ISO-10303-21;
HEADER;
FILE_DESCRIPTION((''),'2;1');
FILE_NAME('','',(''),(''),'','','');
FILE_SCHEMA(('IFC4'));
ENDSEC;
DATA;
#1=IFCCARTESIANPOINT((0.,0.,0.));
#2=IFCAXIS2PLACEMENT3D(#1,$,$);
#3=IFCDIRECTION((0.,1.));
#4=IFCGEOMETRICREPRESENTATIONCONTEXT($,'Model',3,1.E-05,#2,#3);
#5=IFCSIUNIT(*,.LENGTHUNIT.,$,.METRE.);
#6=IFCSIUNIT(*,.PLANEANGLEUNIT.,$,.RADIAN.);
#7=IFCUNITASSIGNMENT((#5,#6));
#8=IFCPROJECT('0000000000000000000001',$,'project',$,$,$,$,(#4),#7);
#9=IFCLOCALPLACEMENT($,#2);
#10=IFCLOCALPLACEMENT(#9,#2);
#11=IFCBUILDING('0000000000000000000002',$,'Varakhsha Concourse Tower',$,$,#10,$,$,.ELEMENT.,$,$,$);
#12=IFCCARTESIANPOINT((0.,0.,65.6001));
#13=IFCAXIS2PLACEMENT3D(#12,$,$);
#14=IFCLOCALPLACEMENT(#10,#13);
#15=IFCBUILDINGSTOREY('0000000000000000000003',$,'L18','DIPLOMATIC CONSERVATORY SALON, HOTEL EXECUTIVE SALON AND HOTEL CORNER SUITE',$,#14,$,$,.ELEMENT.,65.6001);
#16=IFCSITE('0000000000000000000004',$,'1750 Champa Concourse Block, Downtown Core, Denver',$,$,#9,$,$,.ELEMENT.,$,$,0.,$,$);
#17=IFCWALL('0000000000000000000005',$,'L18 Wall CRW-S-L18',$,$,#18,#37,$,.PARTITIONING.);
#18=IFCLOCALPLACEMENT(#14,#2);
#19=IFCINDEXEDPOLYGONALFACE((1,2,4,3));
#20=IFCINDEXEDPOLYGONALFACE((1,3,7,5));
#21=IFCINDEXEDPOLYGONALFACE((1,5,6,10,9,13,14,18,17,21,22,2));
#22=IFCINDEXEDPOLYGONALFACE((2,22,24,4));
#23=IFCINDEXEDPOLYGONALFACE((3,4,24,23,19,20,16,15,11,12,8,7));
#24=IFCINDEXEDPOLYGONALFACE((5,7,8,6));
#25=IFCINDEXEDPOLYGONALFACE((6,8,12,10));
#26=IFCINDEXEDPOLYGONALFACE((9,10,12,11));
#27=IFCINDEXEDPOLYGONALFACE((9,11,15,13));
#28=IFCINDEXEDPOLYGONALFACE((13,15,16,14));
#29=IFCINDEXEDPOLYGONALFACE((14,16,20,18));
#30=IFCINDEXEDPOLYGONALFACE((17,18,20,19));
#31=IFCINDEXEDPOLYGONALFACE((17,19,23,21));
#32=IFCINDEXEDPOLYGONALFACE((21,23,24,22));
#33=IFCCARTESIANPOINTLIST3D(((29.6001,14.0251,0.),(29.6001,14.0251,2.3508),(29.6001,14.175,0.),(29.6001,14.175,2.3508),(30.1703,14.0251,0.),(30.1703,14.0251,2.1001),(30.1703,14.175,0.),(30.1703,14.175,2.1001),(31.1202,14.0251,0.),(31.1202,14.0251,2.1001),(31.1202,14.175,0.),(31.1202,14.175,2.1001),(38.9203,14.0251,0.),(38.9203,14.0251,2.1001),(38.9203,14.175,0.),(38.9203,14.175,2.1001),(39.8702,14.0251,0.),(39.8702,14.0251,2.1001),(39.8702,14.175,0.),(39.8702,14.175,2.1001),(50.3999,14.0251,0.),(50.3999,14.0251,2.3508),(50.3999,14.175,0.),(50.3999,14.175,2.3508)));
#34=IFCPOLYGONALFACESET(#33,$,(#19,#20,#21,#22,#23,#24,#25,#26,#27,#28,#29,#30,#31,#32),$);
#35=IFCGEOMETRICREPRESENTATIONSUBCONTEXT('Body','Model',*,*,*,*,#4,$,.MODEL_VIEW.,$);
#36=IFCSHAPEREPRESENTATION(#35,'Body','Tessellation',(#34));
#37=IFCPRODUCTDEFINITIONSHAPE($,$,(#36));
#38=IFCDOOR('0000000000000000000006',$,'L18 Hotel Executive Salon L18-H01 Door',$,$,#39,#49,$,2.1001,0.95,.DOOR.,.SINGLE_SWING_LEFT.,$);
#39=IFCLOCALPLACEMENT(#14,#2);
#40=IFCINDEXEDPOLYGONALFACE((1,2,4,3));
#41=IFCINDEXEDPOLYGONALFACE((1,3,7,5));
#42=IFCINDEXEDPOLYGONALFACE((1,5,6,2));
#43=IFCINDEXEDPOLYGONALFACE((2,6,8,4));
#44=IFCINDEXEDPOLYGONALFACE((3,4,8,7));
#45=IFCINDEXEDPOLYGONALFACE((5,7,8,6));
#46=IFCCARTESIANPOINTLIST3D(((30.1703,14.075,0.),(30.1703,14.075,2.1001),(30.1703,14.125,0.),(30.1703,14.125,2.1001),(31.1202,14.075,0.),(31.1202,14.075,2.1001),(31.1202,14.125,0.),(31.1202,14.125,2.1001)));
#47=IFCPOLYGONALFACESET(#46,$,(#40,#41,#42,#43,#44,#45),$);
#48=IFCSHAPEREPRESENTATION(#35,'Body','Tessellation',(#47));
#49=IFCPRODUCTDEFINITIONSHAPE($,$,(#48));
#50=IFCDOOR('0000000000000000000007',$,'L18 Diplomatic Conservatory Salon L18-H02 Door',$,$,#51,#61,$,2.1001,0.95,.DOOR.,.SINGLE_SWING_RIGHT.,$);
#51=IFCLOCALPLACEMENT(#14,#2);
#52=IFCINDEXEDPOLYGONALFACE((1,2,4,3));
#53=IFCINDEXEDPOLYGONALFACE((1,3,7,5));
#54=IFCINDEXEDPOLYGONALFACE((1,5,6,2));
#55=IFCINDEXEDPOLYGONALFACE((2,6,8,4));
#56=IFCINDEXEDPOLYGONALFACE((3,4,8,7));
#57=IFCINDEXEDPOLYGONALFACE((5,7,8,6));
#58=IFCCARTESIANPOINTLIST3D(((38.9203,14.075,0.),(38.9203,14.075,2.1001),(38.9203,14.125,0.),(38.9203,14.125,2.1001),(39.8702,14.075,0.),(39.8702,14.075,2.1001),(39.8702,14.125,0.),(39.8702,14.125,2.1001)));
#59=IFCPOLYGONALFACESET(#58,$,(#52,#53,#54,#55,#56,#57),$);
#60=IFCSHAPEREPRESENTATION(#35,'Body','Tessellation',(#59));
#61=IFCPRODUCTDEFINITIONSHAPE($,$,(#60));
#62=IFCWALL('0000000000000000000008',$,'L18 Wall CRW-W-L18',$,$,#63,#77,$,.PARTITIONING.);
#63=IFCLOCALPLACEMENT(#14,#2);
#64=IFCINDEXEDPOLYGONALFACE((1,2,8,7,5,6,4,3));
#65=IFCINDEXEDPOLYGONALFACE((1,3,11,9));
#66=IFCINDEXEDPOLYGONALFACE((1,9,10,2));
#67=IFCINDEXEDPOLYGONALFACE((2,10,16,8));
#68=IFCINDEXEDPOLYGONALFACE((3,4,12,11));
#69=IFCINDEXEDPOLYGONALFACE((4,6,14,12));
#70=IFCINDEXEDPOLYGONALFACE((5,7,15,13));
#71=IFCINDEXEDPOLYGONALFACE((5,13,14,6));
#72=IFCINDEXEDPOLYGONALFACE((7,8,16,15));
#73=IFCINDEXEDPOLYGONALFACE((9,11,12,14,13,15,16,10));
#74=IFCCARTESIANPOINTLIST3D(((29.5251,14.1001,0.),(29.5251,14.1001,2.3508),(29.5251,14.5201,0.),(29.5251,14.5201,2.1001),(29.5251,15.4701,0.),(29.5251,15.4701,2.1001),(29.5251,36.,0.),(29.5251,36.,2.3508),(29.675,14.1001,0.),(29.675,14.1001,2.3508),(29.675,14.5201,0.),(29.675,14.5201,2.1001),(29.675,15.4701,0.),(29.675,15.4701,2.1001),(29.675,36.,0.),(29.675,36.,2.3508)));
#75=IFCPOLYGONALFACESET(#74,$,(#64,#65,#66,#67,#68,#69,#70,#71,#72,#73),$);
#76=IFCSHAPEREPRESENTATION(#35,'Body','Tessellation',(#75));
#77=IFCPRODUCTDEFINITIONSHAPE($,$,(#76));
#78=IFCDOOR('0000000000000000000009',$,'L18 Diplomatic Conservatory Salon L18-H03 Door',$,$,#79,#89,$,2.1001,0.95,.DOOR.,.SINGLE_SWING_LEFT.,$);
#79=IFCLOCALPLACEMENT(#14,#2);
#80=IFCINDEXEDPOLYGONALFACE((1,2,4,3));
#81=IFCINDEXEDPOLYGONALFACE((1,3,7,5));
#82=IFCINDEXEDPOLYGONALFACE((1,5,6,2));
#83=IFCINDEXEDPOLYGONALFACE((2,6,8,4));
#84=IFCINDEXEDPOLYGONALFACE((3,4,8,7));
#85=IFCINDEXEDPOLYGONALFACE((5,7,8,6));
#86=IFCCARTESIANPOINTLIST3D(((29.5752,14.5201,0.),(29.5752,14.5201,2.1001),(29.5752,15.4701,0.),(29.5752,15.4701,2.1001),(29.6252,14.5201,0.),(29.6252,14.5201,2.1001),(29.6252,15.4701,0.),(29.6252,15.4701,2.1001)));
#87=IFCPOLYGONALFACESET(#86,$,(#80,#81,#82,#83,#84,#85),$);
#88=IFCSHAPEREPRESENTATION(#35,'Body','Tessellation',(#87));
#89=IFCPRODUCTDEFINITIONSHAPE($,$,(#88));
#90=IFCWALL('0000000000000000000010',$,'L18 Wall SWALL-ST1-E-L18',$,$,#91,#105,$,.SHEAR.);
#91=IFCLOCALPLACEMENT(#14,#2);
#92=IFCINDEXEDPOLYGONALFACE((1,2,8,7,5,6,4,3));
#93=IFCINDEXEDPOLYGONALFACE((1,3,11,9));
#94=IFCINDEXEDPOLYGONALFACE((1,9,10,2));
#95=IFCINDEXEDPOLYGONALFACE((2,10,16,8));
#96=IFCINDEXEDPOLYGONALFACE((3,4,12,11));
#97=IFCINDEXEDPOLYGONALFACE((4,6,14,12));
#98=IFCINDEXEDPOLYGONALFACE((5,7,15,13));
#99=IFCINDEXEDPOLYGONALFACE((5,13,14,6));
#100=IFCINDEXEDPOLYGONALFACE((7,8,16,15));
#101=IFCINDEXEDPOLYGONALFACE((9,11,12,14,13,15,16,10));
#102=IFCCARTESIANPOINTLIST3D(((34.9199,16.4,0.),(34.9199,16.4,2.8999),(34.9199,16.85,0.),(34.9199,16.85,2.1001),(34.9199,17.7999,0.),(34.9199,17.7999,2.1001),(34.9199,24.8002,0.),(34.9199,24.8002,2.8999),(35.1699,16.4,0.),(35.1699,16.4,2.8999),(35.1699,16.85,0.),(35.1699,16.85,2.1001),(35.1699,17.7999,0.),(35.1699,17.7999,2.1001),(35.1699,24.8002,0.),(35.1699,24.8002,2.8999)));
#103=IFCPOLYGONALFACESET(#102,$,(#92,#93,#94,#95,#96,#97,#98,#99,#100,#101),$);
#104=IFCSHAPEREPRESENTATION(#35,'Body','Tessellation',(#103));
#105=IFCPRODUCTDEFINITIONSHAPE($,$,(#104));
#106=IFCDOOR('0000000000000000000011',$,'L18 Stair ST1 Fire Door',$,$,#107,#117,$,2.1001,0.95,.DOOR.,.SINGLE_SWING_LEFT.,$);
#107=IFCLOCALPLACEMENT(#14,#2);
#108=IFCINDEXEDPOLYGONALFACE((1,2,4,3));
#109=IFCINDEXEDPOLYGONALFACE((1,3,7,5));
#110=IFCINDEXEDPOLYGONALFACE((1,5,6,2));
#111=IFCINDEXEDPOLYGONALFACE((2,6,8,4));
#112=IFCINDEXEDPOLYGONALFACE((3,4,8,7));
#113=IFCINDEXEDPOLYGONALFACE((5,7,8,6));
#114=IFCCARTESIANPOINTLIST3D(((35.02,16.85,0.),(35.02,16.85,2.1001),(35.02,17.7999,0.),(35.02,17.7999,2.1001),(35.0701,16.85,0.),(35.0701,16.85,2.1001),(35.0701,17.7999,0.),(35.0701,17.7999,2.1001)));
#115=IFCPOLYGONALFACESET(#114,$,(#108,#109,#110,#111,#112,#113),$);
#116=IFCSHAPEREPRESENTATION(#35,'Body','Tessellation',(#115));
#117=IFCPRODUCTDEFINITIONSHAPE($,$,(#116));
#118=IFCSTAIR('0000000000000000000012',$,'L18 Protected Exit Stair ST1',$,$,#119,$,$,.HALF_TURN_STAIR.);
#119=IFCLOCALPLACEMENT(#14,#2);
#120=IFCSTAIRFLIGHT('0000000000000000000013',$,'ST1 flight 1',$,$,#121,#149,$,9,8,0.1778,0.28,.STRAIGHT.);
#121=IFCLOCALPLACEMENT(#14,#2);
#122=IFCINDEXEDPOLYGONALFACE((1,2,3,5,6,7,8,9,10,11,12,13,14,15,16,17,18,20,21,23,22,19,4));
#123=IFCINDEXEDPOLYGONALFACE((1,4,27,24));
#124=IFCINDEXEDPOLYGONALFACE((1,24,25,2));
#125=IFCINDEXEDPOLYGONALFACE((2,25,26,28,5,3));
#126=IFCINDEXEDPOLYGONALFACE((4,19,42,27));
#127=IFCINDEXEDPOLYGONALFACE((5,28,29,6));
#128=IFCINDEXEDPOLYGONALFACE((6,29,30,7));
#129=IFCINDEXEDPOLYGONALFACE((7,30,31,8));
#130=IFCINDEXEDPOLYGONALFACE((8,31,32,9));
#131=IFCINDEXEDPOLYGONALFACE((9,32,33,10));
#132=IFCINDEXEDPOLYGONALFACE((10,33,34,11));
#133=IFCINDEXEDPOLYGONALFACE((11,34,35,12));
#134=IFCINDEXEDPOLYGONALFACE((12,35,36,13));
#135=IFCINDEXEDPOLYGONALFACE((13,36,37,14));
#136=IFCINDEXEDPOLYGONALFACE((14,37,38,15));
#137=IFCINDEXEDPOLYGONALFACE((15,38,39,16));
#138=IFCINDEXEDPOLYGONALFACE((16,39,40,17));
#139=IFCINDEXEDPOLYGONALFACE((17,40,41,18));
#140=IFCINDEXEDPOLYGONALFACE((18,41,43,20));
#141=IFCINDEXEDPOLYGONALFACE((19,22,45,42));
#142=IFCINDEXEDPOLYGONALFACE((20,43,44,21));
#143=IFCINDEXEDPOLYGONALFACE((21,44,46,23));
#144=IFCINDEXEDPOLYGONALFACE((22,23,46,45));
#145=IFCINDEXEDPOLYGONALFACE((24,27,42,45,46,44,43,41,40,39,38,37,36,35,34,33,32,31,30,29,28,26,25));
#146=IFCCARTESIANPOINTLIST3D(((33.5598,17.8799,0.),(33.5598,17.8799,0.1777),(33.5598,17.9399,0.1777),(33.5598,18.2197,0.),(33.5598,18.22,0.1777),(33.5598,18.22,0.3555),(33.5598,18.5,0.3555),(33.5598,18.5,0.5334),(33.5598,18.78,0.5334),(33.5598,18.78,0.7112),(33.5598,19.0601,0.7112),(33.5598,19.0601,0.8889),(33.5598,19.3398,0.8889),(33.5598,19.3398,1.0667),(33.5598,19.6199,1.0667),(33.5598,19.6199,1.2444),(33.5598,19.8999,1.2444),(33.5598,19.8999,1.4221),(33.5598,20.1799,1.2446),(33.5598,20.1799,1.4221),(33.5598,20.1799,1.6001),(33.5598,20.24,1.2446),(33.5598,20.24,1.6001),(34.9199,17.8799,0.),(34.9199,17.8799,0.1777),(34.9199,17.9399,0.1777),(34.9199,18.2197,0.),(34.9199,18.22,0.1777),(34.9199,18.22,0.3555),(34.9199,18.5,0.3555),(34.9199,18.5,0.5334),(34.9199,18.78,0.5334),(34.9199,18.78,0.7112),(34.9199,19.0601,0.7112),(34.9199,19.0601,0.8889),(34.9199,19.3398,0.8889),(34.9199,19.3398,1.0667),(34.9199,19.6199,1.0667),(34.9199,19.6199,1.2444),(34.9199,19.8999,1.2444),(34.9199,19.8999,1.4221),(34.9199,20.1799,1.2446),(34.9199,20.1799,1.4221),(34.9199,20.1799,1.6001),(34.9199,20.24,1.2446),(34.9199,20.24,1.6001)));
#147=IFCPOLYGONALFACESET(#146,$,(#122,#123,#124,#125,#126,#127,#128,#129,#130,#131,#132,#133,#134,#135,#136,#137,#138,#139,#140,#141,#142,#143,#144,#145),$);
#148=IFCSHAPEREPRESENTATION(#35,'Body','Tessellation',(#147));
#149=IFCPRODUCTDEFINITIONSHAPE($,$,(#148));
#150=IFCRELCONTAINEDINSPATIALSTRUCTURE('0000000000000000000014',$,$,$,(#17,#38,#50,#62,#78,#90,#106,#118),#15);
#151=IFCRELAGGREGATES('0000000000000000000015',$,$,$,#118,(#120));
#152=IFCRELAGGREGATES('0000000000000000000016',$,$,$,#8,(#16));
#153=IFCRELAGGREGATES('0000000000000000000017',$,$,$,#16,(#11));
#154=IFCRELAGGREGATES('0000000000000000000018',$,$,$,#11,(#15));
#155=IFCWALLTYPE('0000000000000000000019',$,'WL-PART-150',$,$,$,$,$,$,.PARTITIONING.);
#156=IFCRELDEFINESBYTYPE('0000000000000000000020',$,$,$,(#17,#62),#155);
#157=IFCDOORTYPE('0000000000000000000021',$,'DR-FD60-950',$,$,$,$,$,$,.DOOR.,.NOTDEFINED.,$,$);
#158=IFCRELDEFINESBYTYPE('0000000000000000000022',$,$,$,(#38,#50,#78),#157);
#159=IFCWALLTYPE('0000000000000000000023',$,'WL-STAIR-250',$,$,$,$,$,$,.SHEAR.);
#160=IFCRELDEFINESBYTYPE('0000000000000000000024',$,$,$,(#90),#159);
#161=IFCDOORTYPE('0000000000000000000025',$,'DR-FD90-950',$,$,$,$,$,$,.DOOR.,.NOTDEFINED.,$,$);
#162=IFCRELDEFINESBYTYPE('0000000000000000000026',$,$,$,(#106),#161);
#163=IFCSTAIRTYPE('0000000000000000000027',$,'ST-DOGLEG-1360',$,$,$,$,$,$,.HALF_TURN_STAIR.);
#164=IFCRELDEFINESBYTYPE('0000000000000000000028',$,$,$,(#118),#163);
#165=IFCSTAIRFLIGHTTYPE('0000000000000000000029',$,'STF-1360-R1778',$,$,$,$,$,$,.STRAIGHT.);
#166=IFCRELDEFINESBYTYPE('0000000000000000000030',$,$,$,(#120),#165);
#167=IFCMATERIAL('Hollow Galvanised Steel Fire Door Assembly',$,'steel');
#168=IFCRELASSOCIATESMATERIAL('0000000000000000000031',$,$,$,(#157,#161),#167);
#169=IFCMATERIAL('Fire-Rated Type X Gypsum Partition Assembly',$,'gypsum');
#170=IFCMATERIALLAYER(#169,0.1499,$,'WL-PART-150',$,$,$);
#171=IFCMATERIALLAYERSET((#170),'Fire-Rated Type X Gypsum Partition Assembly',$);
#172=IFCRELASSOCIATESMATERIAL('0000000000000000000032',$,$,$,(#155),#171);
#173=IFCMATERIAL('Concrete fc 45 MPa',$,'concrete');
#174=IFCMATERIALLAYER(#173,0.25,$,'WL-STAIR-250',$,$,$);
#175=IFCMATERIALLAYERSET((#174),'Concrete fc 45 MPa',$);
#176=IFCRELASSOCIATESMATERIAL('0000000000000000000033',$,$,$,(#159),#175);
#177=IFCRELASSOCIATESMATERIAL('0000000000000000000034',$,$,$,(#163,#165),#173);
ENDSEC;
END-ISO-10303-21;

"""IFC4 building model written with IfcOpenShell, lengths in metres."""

from ifc_helpers import new_model, si_unit, direction, frame, frame_2d, origin, place, context, subcontext, project, spatial, polyline, rectangle, outline, extrude, material, layer, layer_set, type_object, element, fill, aggregate, save


model = new_model("IFC4")

# Units and contexts
model_context = context("Model", 3, precision=1e-05, world=origin(), true_north=direction((0.0, 1.0)))
body_context = subcontext(model_context, "Body", "Model", "MODEL_VIEW")
ifc_project = project(units=[si_unit("LENGTHUNIT", "METRE"), si_unit("PLANEANGLEUNIT", "RADIAN")], contexts=[model_context])

# Site, building, storey
site_placement = place(None, origin())
site = spatial("IfcSite", under=ifc_project, at=site_placement, Name="1750 Champa Concourse Block, Downtown Core, Denver", CompositionType="ELEMENT", RefElevation=0.0)
building_placement = place(site_placement, origin())
building = spatial("IfcBuilding", under=site, at=building_placement, Name="Varakhsha Concourse Tower", CompositionType="ELEMENT")
storey_placement = place(building_placement, frame((0.0, 0.0, 65.6001)))
storey = spatial("IfcBuildingStorey", under=building, at=storey_placement, Name="L18", Description="DIPLOMATIC CONSERVATORY SALON, HOTEL EXECUTIVE SALON AND HOTEL CORNER SUITE", CompositionType="ELEMENT", Elevation=65.6001)

# Shared definitions
ifc_material_1 = material(Name="Hollow Galvanised Steel Fire Door Assembly", Category="steel")
door_type_1 = type_object("IfcDoorType", Name="DR-FD60-950", OperationType="NOTDEFINED", PredefinedType="DOOR", material=ifc_material_1)

# Shared definitions
ifc_material_2 = material(Name="Fire-Rated Type X Gypsum Partition Assembly", Category="gypsum")

# Shared definitions
ifc_layer_1 = layer(ifc_material_2, 0.1499, Name="WL-PART-150")
ifc_layer_set_1 = layer_set([ifc_layer_1], Name="Fire-Rated Type X Gypsum Partition Assembly")
wall_type_1 = type_object("IfcWallType", Name="WL-PART-150", PredefinedType="PARTITIONING", material=ifc_layer_set_1)

# Wall, openings, doors
wall_1_placement = place(storey_placement, frame((29.6001, 14.1001, 0.0), z_axis=(0.0, 0.0, 1.0), x_axis=(1.0, 0.0, 0.0)))
wall_1 = element("IfcWall", 1, at=wall_1_placement, inside=storey, type_object=wall_type_1, Name="L18 Wall CRW-S-L18", PredefinedType="PARTITIONING", context=body_context, shape_type="SweptSolid", body=[
    extrude(rectangle(XDim=20.7998, YDim=0.1499, at=frame_2d((10.3999, 0.0))), origin(), (0.0, 0.0, 1.0), 2.3508),
])
opening_1_placement = place(wall_1_placement, frame((0.5701, 0.0, 0.0)))
opening_1 = element("IfcOpeningElement", 2, at=opening_1_placement, cuts=wall_1, PredefinedType="OPENING", context=body_context, shape_type="SweptSolid", body=[
    extrude(rectangle(XDim=0.95, YDim=2.1001, at=frame_2d((0.4751, 1.05))), frame((0.0, 0.085, 0.0), z_axis=(0.0, -1.0, 0.0), x_axis=(1.0, 0.0, 0.0)), (0.0, 0.0, 1.0), 0.1699),
])
opening_2_placement = place(wall_1_placement, frame((9.3201, 0.0, 0.0)))
opening_2 = element("IfcOpeningElement", 3, at=opening_2_placement, cuts=wall_1, PredefinedType="OPENING", context=body_context, shape_type="SweptSolid", body=[
    extrude(rectangle(XDim=0.95, YDim=2.1001, at=frame_2d((0.4751, 1.05))), frame((0.0, 0.085, 0.0), z_axis=(0.0, -1.0, 0.0), x_axis=(1.0, 0.0, 0.0)), (0.0, 0.0, 1.0), 0.1699),
])
door_1_placement = place(opening_1_placement, origin())
door_1 = element("IfcDoor", 4, at=door_1_placement, inside=storey, type_object=door_type_1, Name="L18 Hotel Executive Salon L18-H01 Door", OperationType="SINGLE_SWING_LEFT", OverallHeight=2.1001, OverallWidth=0.95, PredefinedType="DOOR", context=body_context, shape_type="SweptSolid", body=[
    extrude(rectangle(XDim=0.95, YDim=2.1001, at=frame_2d((0.4751, 1.05))), frame((0.0, 0.0249, 0.0), z_axis=(0.0, -1.0, 0.0), x_axis=(1.0, 0.0, 0.0)), (0.0, 0.0, 1.0), 0.05),
])
fill(opening_1, door_1)
door_2_placement = place(opening_2_placement, origin())
door_2 = element("IfcDoor", 5, at=door_2_placement, inside=storey, type_object=door_type_1, Name="L18 Diplomatic Conservatory Salon L18-H02 Door", OperationType="SINGLE_SWING_RIGHT", OverallHeight=2.1001, OverallWidth=0.95, PredefinedType="DOOR", context=body_context, shape_type="SweptSolid", body=[
    extrude(rectangle(XDim=0.95, YDim=2.1001, at=frame_2d((0.4751, 1.05))), frame((0.0, 0.0249, 0.0), z_axis=(0.0, -1.0, 0.0), x_axis=(1.0, 0.0, 0.0)), (0.0, 0.0, 1.0), 0.05),
])
fill(opening_2, door_2)

# Walls, openings, doors
wall_2_placement = place(storey_placement, frame((29.6001, 14.1001, 0.0), z_axis=(0.0, 0.0, 1.0), x_axis=(0.0, 1.0, 0.0)))
wall_2 = element("IfcWall", 6, at=wall_2_placement, inside=storey, type_object=wall_type_1, Name="L18 Wall CRW-W-L18", PredefinedType="PARTITIONING", context=body_context, shape_type="SweptSolid", body=[
    extrude(rectangle(XDim=21.8999, YDim=0.1499, at=frame_2d((10.95, 0.0))), origin(), (0.0, 0.0, 1.0), 2.3508),
])
opening_3_placement = place(wall_2_placement, frame((0.4199, 0.0, 0.0)))
opening_3 = element("IfcOpeningElement", 7, at=opening_3_placement, cuts=wall_2, PredefinedType="OPENING", context=body_context, shape_type="SweptSolid", body=[
    extrude(rectangle(XDim=0.95, YDim=2.1001, at=frame_2d((0.4751, 1.05))), frame((0.0, 0.085, 0.0), z_axis=(0.0, -1.0, 0.0), x_axis=(1.0, 0.0, 0.0)), (0.0, 0.0, 1.0), 0.1699),
])
door_3_placement = place(opening_3_placement, origin())
door_3 = element("IfcDoor", 8, at=door_3_placement, inside=storey, type_object=door_type_1, Name="L18 Diplomatic Conservatory Salon L18-H03 Door", OperationType="SINGLE_SWING_LEFT", OverallHeight=2.1001, OverallWidth=0.95, PredefinedType="DOOR", context=body_context, shape_type="SweptSolid", body=[
    extrude(rectangle(XDim=0.95, YDim=2.1001, at=frame_2d((0.4751, 1.05))), frame((0.0, 0.0249, 0.0), z_axis=(0.0, -1.0, 0.0), x_axis=(1.0, 0.0, 0.0)), (0.0, 0.0, 1.0), 0.05),
])
fill(opening_3, door_3)
ifc_material_3 = material(Name="Concrete fc 45 MPa", Category="concrete")
ifc_layer_2 = layer(ifc_material_3, 0.25, Name="WL-STAIR-250")
ifc_layer_set_2 = layer_set([ifc_layer_2], Name="Concrete fc 45 MPa")
wall_type_2 = type_object("IfcWallType", Name="WL-STAIR-250", PredefinedType="SHEAR", material=ifc_layer_set_2)
wall_3_placement = place(storey_placement, frame((35.0449, 16.3999, 0.0), z_axis=(0.0, 0.0, 1.0), x_axis=(0.0, 1.0, 0.0)))
wall_3 = element("IfcWall", 9, at=wall_3_placement, inside=storey, type_object=wall_type_2, Name="L18 Wall SWALL-ST1-E-L18", PredefinedType="SHEAR", context=body_context, shape_type="SweptSolid", body=[
    extrude(rectangle(XDim=8.4001, YDim=0.25, at=frame_2d((4.2002, 0.0))), origin(), (0.0, 0.0, 1.0), 2.8999),
])
opening_4_placement = place(wall_3_placement, frame((0.45, 0.0, 0.0)))
opening_4 = element("IfcOpeningElement", 10, at=opening_4_placement, cuts=wall_3, PredefinedType="OPENING", context=body_context, shape_type="SweptSolid", body=[
    extrude(rectangle(XDim=0.95, YDim=2.1001, at=frame_2d((0.4751, 1.05))), frame((0.0, 0.135, 0.0), z_axis=(0.0, -1.0, 0.0), x_axis=(1.0, 0.0, 0.0)), (0.0, 0.0, 1.0), 0.27),
])
door_type_2 = type_object("IfcDoorType", Name="DR-FD90-950", OperationType="NOTDEFINED", PredefinedType="DOOR", material=ifc_material_1)
door_4_placement = place(opening_4_placement, origin())
door_4 = element("IfcDoor", 11, at=door_4_placement, inside=storey, type_object=door_type_2, Name="L18 Stair ST1 Fire Door", OperationType="SINGLE_SWING_LEFT", OverallHeight=2.1001, OverallWidth=0.95, PredefinedType="DOOR", context=body_context, shape_type="SweptSolid", body=[
    extrude(rectangle(XDim=0.95, YDim=2.1001, at=frame_2d((0.4751, 1.05))), frame((0.0, 0.0249, 0.0), z_axis=(0.0, -1.0, 0.0), x_axis=(1.0, 0.0, 0.0)), (0.0, 0.0, 1.0), 0.05),
])
fill(opening_4, door_4)

# Stair, stair flight
stair_type = type_object("IfcStairType", Name="ST-DOGLEG-1360", PredefinedType="HALF_TURN_STAIR", material=ifc_material_3)
stair_placement = place(storey_placement, origin())
stair = element("IfcStair", 12, at=stair_placement, inside=storey, type_object=stair_type, Name="L18 Protected Exit Stair ST1", PredefinedType="HALF_TURN_STAIR")
stair_flight_type = type_object("IfcStairFlightType", Name="STF-1360-R1778", PredefinedType="STRAIGHT", material=ifc_material_3)
stair_flight_placement = place(storey_placement, frame((34.24, 17.9399, 0.0), z_axis=(0.0, 0.0, 1.0), x_axis=(0.0, 1.0, 0.0)))
stair_flight = element("IfcStairFlight", 13, at=stair_flight_placement, type_object=stair_flight_type, Name="ST1 flight 1", NumberOfRisers=9, NumberOfTreads=8, PredefinedType="STRAIGHT", RiserHeight=0.1778, TreadLength=0.28, context=body_context, shape_type="SweptSolid", body=[
    extrude(outline(polyline([(-0.0601, 0.0), (-0.0601, 0.1777), (0.0, 0.1777), (0.28, 0.1777), (0.28, 0.3555), (0.5601, 0.3555), (0.5601, 0.5334), (0.8401, 0.5334), (0.8401, 0.7112), (1.1201, 0.7112), (1.1201, 0.8889), (1.3999, 0.8889), (1.3999, 1.0667), (1.6799, 1.0667), (1.6799, 1.2444), (1.96, 1.2444), (1.96, 1.4221), (2.24, 1.4221), (2.24, 1.6001), (2.3, 1.6001), (2.3, 1.2446), (2.24, 1.2446), (0.2798, 0.0), (-0.0601, 0.0)])), frame((0.0, 0.6802, 0.0), z_axis=(0.0, -1.0, 0.0), x_axis=(1.0, 0.0, 0.0)), (0.0, 0.0, 1.0), 1.3601),
])
aggregate(stair, [stair_flight])

save(model, "model.ifc")
